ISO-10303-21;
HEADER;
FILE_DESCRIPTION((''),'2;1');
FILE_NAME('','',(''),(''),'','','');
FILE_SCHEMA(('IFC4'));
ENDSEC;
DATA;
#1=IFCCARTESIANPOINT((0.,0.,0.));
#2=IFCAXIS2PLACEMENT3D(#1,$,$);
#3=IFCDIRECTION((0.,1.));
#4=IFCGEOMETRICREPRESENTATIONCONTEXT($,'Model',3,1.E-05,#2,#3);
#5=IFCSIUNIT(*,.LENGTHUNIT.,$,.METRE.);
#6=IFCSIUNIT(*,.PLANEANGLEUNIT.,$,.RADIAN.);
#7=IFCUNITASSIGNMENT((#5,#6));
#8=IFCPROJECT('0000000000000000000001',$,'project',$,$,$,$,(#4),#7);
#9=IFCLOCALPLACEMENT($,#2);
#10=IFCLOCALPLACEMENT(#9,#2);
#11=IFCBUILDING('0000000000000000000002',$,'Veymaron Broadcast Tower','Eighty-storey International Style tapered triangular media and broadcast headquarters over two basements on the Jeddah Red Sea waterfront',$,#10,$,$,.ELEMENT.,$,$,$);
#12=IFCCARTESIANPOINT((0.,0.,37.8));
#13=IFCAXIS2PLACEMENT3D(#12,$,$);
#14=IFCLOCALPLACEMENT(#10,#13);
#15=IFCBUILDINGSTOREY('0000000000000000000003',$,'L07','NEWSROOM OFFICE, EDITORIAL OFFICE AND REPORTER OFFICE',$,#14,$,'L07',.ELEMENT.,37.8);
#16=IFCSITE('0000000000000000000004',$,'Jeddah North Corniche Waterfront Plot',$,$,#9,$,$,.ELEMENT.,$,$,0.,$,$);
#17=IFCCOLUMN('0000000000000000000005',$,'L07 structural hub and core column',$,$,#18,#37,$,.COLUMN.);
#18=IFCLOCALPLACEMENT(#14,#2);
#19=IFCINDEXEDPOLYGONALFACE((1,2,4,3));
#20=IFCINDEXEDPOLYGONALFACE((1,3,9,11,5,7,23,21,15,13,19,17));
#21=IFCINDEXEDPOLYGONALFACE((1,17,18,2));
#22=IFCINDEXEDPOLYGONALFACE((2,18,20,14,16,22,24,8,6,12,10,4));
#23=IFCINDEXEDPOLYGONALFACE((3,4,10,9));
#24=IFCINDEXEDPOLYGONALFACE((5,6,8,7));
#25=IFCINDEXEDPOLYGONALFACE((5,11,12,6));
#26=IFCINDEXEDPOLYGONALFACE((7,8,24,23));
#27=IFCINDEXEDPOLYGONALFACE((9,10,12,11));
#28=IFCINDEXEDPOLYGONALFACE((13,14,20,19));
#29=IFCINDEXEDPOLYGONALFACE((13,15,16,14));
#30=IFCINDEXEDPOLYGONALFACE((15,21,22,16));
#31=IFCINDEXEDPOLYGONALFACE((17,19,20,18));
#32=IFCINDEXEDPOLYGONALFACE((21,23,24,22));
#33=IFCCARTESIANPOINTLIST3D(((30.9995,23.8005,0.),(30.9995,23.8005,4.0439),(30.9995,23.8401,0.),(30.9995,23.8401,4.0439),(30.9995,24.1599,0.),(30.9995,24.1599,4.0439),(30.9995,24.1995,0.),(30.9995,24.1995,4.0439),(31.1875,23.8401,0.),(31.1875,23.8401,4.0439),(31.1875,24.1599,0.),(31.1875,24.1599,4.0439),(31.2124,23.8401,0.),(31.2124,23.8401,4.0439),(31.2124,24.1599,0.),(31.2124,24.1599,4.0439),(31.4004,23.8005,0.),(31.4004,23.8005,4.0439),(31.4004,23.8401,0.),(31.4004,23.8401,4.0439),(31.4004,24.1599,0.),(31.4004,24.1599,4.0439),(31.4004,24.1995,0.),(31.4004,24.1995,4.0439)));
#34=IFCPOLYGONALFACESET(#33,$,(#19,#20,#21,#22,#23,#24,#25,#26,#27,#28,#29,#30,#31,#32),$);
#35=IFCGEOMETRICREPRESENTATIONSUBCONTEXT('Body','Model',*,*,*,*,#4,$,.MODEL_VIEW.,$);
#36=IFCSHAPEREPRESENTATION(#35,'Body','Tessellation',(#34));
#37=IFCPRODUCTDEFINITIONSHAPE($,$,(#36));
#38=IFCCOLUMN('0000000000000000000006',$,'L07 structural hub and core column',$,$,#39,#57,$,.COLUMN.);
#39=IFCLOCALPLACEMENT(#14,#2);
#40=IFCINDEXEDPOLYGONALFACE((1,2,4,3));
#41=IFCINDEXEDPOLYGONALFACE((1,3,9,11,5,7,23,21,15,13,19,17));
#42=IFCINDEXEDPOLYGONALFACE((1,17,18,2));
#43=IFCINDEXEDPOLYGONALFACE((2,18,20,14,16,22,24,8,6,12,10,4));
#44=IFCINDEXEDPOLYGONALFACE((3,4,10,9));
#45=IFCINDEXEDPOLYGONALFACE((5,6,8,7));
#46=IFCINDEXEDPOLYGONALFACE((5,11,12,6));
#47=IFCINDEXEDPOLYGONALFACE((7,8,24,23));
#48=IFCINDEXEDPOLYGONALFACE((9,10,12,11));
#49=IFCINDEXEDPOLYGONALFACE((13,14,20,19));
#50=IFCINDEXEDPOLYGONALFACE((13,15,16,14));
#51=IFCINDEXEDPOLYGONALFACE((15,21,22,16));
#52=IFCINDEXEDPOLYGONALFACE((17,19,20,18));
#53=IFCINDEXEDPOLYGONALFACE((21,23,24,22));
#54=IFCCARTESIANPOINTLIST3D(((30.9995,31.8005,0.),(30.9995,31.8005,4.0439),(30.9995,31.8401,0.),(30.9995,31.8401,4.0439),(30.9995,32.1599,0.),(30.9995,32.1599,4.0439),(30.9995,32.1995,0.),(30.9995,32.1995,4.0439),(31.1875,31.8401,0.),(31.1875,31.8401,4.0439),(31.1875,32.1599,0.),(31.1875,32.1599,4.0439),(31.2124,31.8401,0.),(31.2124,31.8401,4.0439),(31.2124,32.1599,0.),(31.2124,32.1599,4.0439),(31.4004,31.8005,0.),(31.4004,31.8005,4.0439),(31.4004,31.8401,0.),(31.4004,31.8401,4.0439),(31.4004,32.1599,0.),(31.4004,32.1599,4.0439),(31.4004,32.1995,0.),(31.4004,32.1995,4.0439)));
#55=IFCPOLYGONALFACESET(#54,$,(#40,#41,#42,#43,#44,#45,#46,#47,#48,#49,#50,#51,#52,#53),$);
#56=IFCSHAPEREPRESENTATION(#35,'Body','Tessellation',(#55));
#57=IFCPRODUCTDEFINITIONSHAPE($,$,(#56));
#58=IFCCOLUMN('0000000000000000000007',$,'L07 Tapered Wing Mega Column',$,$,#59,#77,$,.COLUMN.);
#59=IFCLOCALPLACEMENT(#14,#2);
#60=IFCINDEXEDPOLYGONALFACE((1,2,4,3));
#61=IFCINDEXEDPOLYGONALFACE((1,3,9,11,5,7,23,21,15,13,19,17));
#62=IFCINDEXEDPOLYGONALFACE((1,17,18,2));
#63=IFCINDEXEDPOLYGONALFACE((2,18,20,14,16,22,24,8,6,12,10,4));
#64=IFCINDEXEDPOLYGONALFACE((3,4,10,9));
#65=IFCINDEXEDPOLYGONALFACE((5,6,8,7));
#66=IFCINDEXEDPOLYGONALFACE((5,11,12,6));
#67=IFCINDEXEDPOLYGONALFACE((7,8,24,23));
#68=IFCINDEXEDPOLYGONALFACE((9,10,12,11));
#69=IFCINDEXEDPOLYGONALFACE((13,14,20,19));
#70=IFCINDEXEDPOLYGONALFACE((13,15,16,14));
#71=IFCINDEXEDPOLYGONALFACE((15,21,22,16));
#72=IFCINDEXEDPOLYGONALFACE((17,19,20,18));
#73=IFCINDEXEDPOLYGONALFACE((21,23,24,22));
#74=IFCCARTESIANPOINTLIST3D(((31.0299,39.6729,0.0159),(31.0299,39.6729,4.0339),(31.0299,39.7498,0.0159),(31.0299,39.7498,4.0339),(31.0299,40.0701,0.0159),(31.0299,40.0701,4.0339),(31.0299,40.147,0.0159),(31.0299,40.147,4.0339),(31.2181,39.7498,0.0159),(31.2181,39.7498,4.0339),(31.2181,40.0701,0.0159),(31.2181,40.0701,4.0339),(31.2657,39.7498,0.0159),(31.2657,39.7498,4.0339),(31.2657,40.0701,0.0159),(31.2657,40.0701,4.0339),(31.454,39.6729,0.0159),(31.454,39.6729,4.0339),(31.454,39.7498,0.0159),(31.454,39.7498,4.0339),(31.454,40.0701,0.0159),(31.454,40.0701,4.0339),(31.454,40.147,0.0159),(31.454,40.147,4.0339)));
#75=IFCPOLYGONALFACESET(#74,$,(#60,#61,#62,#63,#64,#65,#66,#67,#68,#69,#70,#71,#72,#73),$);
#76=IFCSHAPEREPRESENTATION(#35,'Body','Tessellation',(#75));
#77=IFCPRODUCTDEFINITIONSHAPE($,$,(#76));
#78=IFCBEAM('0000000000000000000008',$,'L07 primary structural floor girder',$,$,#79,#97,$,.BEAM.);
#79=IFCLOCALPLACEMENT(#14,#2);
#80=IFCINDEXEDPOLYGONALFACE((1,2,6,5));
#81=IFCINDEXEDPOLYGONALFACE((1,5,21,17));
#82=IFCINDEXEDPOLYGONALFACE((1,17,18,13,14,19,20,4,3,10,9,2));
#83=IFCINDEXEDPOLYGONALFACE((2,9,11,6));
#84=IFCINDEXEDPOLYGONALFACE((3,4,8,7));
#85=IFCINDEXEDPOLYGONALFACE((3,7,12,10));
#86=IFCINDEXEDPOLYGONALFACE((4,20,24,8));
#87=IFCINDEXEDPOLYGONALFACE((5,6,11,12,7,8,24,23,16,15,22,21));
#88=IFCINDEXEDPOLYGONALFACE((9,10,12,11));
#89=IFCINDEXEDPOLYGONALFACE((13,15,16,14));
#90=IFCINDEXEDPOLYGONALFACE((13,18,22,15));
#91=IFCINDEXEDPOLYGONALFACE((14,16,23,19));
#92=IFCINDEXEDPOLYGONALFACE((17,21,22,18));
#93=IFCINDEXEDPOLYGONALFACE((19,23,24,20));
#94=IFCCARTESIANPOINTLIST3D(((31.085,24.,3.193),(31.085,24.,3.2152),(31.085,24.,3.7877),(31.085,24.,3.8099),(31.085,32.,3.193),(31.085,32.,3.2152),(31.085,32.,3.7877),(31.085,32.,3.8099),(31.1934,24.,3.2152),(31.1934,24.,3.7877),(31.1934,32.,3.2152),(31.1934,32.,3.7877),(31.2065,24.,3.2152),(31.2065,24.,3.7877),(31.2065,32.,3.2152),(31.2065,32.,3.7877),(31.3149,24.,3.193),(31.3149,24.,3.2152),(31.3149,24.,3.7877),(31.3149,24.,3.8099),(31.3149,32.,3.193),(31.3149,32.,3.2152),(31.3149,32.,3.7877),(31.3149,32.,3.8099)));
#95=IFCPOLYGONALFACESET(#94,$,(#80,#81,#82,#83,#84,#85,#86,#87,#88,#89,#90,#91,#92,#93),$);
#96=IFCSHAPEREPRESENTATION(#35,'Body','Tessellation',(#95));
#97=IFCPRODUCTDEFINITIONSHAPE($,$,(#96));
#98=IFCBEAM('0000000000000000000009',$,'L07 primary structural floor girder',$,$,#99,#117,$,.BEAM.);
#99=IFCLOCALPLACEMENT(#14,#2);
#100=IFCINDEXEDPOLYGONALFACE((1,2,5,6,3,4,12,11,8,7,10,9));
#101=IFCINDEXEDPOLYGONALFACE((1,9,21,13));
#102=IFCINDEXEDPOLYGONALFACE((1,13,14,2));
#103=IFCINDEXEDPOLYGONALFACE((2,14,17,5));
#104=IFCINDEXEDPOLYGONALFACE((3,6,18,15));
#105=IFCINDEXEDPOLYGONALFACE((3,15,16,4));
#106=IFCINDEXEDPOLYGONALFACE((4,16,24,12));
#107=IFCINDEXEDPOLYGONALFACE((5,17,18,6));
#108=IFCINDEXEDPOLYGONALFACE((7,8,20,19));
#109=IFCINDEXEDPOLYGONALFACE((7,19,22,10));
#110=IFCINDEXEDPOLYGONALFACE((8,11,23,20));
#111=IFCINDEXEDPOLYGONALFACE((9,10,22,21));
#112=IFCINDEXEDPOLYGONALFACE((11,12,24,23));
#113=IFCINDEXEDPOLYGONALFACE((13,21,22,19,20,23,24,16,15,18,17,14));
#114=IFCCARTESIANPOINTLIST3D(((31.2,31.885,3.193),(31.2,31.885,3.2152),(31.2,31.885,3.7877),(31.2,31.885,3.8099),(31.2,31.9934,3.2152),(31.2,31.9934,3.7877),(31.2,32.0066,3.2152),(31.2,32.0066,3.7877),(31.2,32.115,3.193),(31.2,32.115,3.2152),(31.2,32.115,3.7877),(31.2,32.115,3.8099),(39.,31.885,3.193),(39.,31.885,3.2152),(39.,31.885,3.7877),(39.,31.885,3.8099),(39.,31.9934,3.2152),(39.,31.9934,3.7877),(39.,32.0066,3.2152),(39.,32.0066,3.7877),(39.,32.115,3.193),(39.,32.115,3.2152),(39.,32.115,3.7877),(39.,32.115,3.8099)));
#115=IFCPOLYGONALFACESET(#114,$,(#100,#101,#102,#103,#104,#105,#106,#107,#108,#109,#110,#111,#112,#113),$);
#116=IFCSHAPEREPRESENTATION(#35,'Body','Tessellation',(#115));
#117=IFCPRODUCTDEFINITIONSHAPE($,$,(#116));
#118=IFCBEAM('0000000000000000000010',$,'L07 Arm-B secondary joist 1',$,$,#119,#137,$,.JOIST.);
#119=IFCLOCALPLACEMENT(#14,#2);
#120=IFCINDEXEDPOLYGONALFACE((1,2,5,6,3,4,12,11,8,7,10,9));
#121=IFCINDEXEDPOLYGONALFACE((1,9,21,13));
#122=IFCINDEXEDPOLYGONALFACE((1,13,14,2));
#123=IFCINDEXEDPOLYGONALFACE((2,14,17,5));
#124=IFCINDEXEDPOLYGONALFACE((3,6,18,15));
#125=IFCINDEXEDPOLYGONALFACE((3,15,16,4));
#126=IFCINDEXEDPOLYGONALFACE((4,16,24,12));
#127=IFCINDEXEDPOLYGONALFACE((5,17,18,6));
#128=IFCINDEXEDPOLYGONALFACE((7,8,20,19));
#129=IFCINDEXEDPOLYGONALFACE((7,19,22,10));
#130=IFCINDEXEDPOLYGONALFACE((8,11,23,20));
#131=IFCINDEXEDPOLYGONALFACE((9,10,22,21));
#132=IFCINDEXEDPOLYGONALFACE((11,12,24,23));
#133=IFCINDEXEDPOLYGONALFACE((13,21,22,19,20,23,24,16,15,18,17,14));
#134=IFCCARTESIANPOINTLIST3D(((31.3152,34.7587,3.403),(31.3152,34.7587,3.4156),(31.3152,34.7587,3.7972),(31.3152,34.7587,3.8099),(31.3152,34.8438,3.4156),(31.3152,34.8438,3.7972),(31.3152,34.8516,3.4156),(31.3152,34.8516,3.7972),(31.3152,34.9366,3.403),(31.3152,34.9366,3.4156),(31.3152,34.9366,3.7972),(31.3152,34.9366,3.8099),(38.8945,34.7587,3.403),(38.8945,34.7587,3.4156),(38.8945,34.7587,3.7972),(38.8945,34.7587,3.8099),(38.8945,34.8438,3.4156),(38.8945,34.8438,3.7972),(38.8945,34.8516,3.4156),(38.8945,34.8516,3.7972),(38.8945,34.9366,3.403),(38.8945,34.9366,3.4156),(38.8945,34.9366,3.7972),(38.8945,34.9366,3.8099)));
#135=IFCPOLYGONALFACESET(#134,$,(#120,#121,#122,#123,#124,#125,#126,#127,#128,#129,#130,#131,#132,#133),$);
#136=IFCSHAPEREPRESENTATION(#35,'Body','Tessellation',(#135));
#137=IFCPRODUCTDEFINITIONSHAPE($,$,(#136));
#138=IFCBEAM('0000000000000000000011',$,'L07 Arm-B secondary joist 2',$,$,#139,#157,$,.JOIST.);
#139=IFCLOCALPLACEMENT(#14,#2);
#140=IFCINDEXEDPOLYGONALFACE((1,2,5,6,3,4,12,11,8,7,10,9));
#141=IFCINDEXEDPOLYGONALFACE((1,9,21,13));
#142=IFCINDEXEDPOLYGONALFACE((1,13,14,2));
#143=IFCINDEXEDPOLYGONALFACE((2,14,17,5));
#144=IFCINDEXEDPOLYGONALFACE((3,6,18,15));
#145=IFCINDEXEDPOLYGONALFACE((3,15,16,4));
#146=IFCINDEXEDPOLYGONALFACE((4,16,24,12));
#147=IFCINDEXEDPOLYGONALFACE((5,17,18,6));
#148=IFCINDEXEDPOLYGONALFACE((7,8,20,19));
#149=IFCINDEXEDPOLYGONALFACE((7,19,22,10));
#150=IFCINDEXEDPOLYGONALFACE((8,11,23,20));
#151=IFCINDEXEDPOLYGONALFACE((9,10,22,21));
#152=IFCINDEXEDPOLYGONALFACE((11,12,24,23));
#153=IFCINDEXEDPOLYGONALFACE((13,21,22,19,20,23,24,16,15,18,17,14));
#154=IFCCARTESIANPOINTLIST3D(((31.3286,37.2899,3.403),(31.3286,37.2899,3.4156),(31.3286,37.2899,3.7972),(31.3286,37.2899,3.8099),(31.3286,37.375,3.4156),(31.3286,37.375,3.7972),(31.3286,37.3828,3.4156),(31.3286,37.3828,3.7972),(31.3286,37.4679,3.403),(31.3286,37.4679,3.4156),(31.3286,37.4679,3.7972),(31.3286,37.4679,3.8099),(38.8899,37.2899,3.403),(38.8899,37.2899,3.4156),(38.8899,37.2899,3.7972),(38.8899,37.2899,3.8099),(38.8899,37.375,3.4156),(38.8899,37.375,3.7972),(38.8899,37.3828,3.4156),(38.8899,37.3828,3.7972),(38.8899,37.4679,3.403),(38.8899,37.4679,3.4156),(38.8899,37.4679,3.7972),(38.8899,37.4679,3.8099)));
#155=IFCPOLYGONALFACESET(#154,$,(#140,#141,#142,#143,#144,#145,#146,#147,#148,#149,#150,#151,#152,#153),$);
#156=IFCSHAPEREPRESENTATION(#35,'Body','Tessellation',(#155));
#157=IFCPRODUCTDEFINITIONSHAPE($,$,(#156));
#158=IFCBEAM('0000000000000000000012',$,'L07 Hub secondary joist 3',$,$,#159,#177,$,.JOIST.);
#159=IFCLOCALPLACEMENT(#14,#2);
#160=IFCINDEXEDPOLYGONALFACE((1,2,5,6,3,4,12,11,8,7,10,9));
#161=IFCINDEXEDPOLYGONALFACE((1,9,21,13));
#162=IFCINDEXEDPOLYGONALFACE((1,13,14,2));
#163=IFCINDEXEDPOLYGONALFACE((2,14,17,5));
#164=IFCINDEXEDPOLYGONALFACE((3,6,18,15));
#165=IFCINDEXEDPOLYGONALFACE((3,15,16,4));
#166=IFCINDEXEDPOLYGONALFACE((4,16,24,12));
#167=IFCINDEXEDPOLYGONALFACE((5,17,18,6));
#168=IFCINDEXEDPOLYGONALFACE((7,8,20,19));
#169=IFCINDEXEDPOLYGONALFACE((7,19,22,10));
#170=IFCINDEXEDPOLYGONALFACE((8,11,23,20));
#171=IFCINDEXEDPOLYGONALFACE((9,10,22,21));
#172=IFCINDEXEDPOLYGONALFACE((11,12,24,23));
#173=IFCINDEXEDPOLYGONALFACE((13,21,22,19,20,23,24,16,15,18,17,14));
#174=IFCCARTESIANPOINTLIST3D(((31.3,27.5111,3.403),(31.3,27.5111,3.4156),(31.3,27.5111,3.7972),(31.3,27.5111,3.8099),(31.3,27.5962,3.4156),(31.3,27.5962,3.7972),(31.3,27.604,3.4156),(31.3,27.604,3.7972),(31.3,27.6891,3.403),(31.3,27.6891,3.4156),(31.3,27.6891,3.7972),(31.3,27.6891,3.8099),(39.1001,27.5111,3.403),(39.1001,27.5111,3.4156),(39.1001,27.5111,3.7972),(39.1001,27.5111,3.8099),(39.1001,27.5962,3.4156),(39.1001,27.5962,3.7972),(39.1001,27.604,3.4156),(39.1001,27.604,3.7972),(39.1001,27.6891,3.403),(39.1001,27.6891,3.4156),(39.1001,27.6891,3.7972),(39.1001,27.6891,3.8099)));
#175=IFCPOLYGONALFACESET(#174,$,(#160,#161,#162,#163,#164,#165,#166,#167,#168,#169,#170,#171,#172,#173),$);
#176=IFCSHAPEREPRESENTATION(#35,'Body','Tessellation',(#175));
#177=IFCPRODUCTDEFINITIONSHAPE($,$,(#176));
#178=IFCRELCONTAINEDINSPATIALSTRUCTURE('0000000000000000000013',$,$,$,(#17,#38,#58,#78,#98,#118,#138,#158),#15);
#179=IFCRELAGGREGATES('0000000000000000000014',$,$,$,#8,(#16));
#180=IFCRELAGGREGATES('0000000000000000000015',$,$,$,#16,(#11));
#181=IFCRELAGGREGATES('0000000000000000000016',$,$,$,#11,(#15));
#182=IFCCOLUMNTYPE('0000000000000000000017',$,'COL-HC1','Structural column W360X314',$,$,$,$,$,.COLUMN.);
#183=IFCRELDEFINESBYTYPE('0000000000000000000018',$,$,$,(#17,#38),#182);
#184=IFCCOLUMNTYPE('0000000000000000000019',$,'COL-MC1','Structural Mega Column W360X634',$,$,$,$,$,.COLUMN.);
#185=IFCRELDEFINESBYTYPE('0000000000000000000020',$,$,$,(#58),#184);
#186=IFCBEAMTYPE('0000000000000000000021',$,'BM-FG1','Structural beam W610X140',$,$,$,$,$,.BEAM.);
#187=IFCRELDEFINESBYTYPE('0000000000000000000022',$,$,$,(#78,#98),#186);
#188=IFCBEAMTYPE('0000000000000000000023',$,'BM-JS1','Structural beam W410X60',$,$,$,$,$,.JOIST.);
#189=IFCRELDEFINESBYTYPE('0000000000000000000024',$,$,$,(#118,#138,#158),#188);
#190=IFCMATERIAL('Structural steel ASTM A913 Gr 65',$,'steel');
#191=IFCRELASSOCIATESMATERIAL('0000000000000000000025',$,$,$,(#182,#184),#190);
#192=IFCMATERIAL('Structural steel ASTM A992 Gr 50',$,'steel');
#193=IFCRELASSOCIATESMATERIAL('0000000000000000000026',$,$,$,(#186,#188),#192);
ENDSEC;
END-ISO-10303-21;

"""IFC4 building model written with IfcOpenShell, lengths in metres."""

from ifc_helpers import new_model, si_unit, direction, frame, origin, origin_2d, place, context, subcontext, project, spatial, i_section, extrude, material, material_profile, profile_set, type_object, element, save


model = new_model("IFC4")

# Units and contexts
model_context = context("Model", 3, precision=1e-05, world=origin(), true_north=direction((0.0, 1.0)))
body_context = subcontext(model_context, "Body", "Model", "MODEL_VIEW")
ifc_project = project(units=[si_unit("LENGTHUNIT", "METRE"), si_unit("PLANEANGLEUNIT", "RADIAN")], contexts=[model_context])

# Site, building, storey
site_placement = place(None, origin())
site = spatial("IfcSite", under=ifc_project, at=site_placement, Name="Jeddah North Corniche Waterfront Plot", CompositionType="ELEMENT", RefElevation=0.0)
building_placement = place(site_placement, origin())
building = spatial("IfcBuilding", under=site, at=building_placement, Name="Veymaron Broadcast Tower", Description="Eighty-storey International Style tapered triangular media and broadcast headquarters over two basements on the Jeddah Red Sea waterfront", CompositionType="ELEMENT")
storey_placement = place(building_placement, frame((0.0, 0.0, 37.8)))
storey = spatial("IfcBuildingStorey", under=building, at=storey_placement, Name="L07", Description="NEWSROOM OFFICE, EDITORIAL OFFICE AND REPORTER OFFICE", LongName="L07", CompositionType="ELEMENT", Elevation=37.8)

# Columns
ifc_material_1 = material(Name="Structural steel ASTM A913 Gr 65", Category="steel")
ifc_material_profile_1 = material_profile(ifc_material_1, i_section(OverallWidth=0.4009, OverallDepth=0.3989, WebThickness=0.0249, FlangeThickness=0.0396, at=origin_2d()), Name="W360X314")
ifc_profile_set_1 = profile_set([ifc_material_profile_1], Name="Structural steel ASTM A913 Gr 65")
column_type_1 = type_object("IfcColumnType", Name="COL-HC1", Description="Structural column W360X314", PredefinedType="COLUMN", material=ifc_profile_set_1)
for number, where, z_axis, x_axis, name in (
    (1, (31.2, 24.0, 0.0), (0.0, 0.0, 1.0), (1.0, 0.0, 0.0), "L07 structural hub and core column"),
    (2, (31.2, 32.0, 0.0), (0.0, 0.0, 1.0), (1.0, 0.0, 0.0), "L07 structural hub and core column"),
):
    element("IfcColumn", number, at=place(storey_placement, frame(where, z_axis=z_axis, x_axis=x_axis)), inside=storey, type_object=column_type_1, Name=name, PredefinedType="COLUMN", context=body_context, shape_type="SweptSolid", body=[
        extrude(i_section(OverallWidth=0.4009, OverallDepth=0.3989, WebThickness=0.0249, FlangeThickness=0.0396, at=origin_2d()), origin(), (0.0, 0.0, 1.0), 4.0439),
    ])
ifc_material_profile_2 = material_profile(ifc_material_1, i_section(OverallWidth=0.4241, OverallDepth=0.4741, WebThickness=0.0476, FlangeThickness=0.0769, at=origin_2d()), Name="W360X634")
ifc_profile_set_2 = profile_set([ifc_material_profile_2], Name="Structural steel ASTM A913 Gr 65")
column_type_2 = type_object("IfcColumnType", Name="COL-MC1", Description="Structural Mega Column W360X634", PredefinedType="COLUMN", material=ifc_profile_set_2)
column_placement = place(storey_placement, frame((31.2419, 39.9099, 0.0159), z_axis=(0.0, 0.0, 1.0), x_axis=(1.0, 0.0, 0.0)))
element("IfcColumn", 3, at=column_placement, inside=storey, type_object=column_type_2, Name="L07 Tapered Wing Mega Column", PredefinedType="COLUMN", context=body_context, shape_type="SweptSolid", body=[
    extrude(i_section(OverallWidth=0.4241, OverallDepth=0.4741, WebThickness=0.0476, FlangeThickness=0.0769, at=origin_2d()), origin(), (0.0, 0.0, 1.0), 4.0181),
])

# Beams
ifc_material_2 = material(Name="Structural steel ASTM A992 Gr 50", Category="steel")
ifc_material_profile_3 = material_profile(ifc_material_2, i_section(OverallWidth=0.23, OverallDepth=0.6169, WebThickness=0.0132, FlangeThickness=0.0222, at=origin_2d()), Name="W610X140")
ifc_profile_set_3 = profile_set([ifc_material_profile_3], Name="Structural steel ASTM A992 Gr 50")
beam_type_1 = type_object("IfcBeamType", Name="BM-FG1", Description="Structural beam W610X140", PredefinedType="BEAM", material=ifc_profile_set_3)
beam_1_placement = place(storey_placement, frame((31.2, 24.0, 3.5015), z_axis=(0.0, 1.0, 0.0), x_axis=(-1.0, 0.0, 0.0)))
element("IfcBeam", 4, at=beam_1_placement, inside=storey, type_object=beam_type_1, Name="L07 primary structural floor girder", PredefinedType="BEAM", context=body_context, shape_type="SweptSolid", body=[
    extrude(i_section(OverallWidth=0.23, OverallDepth=0.6169, WebThickness=0.0132, FlangeThickness=0.0222, at=origin_2d()), origin(), (0.0, 0.0, 1.0), 8.0),
])
beam_2_placement = place(storey_placement, frame((31.2, 32.0, 3.5015), z_axis=(1.0, 0.0, 0.0), x_axis=(0.0, 1.0, 0.0)))
element("IfcBeam", 5, at=beam_2_placement, inside=storey, type_object=beam_type_1, Name="L07 primary structural floor girder", PredefinedType="BEAM", context=body_context, shape_type="SweptSolid", body=[
    extrude(i_section(OverallWidth=0.23, OverallDepth=0.6169, WebThickness=0.0132, FlangeThickness=0.0222, at=origin_2d()), origin(), (0.0, 0.0, 1.0), 7.8),
])
ifc_material_profile_4 = material_profile(ifc_material_2, i_section(OverallWidth=0.178, OverallDepth=0.407, WebThickness=0.0078, FlangeThickness=0.0127, at=origin_2d()), Name="W410X60")
ifc_profile_set_4 = profile_set([ifc_material_profile_4], Name="Structural steel ASTM A992 Gr 50")
beam_type_2 = type_object("IfcBeamType", Name="BM-JS1", Description="Structural beam W410X60", PredefinedType="JOIST", material=ifc_profile_set_4)
beam_3_placement = place(storey_placement, frame((31.3152, 34.8477, 3.6064), z_axis=(1.0, 0.0, 0.0), x_axis=(0.0, 1.0, 0.0)))
element("IfcBeam", 6, at=beam_3_placement, inside=storey, type_object=beam_type_2, Name="L07 Arm-B secondary joist 1", PredefinedType="JOIST", context=body_context, shape_type="SweptSolid", body=[
    extrude(i_section(OverallWidth=0.178, OverallDepth=0.407, WebThickness=0.0078, FlangeThickness=0.0127, at=origin_2d()), origin(), (0.0, 0.0, 1.0), 7.5793),
])
beam_4_placement = place(storey_placement, frame((31.3286, 37.3789, 3.6064), z_axis=(1.0, 0.0, 0.0), x_axis=(0.0, 1.0, 0.0)))
element("IfcBeam", 7, at=beam_4_placement, inside=storey, type_object=beam_type_2, Name="L07 Arm-B secondary joist 2", PredefinedType="JOIST", context=body_context, shape_type="SweptSolid", body=[
    extrude(i_section(OverallWidth=0.178, OverallDepth=0.407, WebThickness=0.0078, FlangeThickness=0.0127, at=origin_2d()), origin(), (0.0, 0.0, 1.0), 7.5613),
])
for number, where, z_axis, x_axis, name in (
    (8, (31.3, 27.6001, 3.6064), (1.0, 0.0, 0.0), (0.0, 1.0, 0.0), "L07 Hub secondary joist 3"),
):
    element("IfcBeam", number, at=place(storey_placement, frame(where, z_axis=z_axis, x_axis=x_axis)), inside=storey, type_object=beam_type_2, Name=name, PredefinedType="JOIST", context=body_context, shape_type="SweptSolid", body=[
        extrude(i_section(OverallWidth=0.178, OverallDepth=0.407, WebThickness=0.0078, FlangeThickness=0.0127, at=origin_2d()), origin(), (0.0, 0.0, 1.0), 7.8),
    ])

save(model, "model.ifc")
